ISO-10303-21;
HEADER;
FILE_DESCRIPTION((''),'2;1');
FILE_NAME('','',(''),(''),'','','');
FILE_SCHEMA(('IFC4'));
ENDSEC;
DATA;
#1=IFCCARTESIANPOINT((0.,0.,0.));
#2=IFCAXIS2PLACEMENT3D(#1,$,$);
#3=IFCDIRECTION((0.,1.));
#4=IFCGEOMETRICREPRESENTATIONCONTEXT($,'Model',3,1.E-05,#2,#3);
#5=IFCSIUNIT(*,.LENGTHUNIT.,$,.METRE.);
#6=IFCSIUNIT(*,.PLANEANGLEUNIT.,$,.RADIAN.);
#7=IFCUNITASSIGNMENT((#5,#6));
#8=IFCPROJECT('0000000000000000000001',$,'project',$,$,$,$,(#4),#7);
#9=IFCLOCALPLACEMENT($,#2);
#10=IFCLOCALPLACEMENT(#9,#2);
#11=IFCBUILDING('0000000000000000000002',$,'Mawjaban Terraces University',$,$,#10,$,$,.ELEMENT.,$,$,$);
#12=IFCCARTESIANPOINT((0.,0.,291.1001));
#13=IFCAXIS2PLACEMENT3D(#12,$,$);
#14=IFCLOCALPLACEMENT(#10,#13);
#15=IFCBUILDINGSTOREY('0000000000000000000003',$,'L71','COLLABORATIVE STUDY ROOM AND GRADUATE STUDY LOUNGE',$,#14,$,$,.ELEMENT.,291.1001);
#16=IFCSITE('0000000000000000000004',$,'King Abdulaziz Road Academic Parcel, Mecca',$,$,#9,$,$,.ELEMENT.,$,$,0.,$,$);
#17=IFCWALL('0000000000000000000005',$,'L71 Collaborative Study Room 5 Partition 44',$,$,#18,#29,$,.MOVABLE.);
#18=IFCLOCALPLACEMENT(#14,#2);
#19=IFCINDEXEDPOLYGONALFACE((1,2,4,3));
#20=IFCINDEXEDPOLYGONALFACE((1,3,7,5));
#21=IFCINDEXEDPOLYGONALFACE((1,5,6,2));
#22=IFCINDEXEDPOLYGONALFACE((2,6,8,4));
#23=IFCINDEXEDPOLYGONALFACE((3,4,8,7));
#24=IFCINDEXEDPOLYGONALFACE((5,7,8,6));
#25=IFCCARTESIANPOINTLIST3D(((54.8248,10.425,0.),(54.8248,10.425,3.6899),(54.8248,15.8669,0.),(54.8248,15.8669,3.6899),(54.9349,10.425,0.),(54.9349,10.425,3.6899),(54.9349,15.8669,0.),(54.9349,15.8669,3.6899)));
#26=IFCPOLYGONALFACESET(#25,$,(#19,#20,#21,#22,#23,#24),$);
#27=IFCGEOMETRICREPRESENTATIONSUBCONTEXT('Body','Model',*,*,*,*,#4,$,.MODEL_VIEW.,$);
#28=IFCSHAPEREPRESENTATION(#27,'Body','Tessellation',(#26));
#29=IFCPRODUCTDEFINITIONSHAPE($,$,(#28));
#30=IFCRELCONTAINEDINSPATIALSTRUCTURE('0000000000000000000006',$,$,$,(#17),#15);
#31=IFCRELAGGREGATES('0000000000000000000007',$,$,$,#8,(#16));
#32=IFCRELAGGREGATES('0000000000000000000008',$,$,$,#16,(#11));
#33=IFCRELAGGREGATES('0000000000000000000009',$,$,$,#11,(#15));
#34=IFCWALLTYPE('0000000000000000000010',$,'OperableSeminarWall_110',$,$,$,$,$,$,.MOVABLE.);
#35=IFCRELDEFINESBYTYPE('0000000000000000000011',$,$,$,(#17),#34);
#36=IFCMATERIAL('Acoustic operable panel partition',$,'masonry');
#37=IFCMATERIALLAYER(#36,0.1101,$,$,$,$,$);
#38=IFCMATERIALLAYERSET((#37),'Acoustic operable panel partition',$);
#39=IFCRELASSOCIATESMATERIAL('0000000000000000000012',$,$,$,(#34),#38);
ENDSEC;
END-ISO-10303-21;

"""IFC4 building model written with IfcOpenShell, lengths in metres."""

from ifc_helpers import new_model, si_unit, direction, frame, frame_2d, origin, place, context, subcontext, project, spatial, rectangle, extrude, material, layer, layer_set, type_object, element, save


model = new_model("IFC4")

# Units and contexts
model_context = context("Model", 3, precision=1e-05, world=origin(), true_north=direction((0.0, 1.0)))
body_context = subcontext(model_context, "Body", "Model", "MODEL_VIEW")
ifc_project = project(units=[si_unit("LENGTHUNIT", "METRE"), si_unit("PLANEANGLEUNIT", "RADIAN")], contexts=[model_context])

# Site, building, storey
site_placement = place(None, origin())
site = spatial("IfcSite", under=ifc_project, at=site_placement, Name="King Abdulaziz Road Academic Parcel, Mecca", CompositionType="ELEMENT", RefElevation=0.0)
building_placement = place(site_placement, origin())
building = spatial("IfcBuilding", under=site, at=building_placement, Name="Mawjaban Terraces University", CompositionType="ELEMENT")
storey_placement = place(building_placement, frame((0.0, 0.0, 291.1001)))
storey = spatial("IfcBuildingStorey", under=building, at=storey_placement, Name="L71", Description="COLLABORATIVE STUDY ROOM AND GRADUATE STUDY LOUNGE", CompositionType="ELEMENT", Elevation=291.1001)

# Wall
ifc_material_1 = material(Name="Acoustic operable panel partition", Category="masonry")
ifc_layer_1 = layer(ifc_material_1, 0.1101)
ifc_layer_set_1 = layer_set([ifc_layer_1], Name="Acoustic operable panel partition")
wall_type_1 = type_object("IfcWallType", Name="OperableSeminarWall_110", PredefinedType="MOVABLE", material=ifc_layer_set_1)
wall_1_placement = place(storey_placement, frame((54.8799, 10.425, 0.0), z_axis=(0.0, 0.0, 1.0), x_axis=(0.0, 1.0, 0.0)))
element("IfcWall", 1, at=wall_1_placement, inside=storey, type_object=wall_type_1, Name="L71 Collaborative Study Room 5 Partition 44", PredefinedType="MOVABLE", context=body_context, shape_type="SweptSolid", body=[
    extrude(rectangle(XDim=5.4419, YDim=0.1101, at=frame_2d((2.7209, 0.0))), origin(), (0.0, 0.0, 1.0), 3.6899),
])

save(model, "model.ifc")
